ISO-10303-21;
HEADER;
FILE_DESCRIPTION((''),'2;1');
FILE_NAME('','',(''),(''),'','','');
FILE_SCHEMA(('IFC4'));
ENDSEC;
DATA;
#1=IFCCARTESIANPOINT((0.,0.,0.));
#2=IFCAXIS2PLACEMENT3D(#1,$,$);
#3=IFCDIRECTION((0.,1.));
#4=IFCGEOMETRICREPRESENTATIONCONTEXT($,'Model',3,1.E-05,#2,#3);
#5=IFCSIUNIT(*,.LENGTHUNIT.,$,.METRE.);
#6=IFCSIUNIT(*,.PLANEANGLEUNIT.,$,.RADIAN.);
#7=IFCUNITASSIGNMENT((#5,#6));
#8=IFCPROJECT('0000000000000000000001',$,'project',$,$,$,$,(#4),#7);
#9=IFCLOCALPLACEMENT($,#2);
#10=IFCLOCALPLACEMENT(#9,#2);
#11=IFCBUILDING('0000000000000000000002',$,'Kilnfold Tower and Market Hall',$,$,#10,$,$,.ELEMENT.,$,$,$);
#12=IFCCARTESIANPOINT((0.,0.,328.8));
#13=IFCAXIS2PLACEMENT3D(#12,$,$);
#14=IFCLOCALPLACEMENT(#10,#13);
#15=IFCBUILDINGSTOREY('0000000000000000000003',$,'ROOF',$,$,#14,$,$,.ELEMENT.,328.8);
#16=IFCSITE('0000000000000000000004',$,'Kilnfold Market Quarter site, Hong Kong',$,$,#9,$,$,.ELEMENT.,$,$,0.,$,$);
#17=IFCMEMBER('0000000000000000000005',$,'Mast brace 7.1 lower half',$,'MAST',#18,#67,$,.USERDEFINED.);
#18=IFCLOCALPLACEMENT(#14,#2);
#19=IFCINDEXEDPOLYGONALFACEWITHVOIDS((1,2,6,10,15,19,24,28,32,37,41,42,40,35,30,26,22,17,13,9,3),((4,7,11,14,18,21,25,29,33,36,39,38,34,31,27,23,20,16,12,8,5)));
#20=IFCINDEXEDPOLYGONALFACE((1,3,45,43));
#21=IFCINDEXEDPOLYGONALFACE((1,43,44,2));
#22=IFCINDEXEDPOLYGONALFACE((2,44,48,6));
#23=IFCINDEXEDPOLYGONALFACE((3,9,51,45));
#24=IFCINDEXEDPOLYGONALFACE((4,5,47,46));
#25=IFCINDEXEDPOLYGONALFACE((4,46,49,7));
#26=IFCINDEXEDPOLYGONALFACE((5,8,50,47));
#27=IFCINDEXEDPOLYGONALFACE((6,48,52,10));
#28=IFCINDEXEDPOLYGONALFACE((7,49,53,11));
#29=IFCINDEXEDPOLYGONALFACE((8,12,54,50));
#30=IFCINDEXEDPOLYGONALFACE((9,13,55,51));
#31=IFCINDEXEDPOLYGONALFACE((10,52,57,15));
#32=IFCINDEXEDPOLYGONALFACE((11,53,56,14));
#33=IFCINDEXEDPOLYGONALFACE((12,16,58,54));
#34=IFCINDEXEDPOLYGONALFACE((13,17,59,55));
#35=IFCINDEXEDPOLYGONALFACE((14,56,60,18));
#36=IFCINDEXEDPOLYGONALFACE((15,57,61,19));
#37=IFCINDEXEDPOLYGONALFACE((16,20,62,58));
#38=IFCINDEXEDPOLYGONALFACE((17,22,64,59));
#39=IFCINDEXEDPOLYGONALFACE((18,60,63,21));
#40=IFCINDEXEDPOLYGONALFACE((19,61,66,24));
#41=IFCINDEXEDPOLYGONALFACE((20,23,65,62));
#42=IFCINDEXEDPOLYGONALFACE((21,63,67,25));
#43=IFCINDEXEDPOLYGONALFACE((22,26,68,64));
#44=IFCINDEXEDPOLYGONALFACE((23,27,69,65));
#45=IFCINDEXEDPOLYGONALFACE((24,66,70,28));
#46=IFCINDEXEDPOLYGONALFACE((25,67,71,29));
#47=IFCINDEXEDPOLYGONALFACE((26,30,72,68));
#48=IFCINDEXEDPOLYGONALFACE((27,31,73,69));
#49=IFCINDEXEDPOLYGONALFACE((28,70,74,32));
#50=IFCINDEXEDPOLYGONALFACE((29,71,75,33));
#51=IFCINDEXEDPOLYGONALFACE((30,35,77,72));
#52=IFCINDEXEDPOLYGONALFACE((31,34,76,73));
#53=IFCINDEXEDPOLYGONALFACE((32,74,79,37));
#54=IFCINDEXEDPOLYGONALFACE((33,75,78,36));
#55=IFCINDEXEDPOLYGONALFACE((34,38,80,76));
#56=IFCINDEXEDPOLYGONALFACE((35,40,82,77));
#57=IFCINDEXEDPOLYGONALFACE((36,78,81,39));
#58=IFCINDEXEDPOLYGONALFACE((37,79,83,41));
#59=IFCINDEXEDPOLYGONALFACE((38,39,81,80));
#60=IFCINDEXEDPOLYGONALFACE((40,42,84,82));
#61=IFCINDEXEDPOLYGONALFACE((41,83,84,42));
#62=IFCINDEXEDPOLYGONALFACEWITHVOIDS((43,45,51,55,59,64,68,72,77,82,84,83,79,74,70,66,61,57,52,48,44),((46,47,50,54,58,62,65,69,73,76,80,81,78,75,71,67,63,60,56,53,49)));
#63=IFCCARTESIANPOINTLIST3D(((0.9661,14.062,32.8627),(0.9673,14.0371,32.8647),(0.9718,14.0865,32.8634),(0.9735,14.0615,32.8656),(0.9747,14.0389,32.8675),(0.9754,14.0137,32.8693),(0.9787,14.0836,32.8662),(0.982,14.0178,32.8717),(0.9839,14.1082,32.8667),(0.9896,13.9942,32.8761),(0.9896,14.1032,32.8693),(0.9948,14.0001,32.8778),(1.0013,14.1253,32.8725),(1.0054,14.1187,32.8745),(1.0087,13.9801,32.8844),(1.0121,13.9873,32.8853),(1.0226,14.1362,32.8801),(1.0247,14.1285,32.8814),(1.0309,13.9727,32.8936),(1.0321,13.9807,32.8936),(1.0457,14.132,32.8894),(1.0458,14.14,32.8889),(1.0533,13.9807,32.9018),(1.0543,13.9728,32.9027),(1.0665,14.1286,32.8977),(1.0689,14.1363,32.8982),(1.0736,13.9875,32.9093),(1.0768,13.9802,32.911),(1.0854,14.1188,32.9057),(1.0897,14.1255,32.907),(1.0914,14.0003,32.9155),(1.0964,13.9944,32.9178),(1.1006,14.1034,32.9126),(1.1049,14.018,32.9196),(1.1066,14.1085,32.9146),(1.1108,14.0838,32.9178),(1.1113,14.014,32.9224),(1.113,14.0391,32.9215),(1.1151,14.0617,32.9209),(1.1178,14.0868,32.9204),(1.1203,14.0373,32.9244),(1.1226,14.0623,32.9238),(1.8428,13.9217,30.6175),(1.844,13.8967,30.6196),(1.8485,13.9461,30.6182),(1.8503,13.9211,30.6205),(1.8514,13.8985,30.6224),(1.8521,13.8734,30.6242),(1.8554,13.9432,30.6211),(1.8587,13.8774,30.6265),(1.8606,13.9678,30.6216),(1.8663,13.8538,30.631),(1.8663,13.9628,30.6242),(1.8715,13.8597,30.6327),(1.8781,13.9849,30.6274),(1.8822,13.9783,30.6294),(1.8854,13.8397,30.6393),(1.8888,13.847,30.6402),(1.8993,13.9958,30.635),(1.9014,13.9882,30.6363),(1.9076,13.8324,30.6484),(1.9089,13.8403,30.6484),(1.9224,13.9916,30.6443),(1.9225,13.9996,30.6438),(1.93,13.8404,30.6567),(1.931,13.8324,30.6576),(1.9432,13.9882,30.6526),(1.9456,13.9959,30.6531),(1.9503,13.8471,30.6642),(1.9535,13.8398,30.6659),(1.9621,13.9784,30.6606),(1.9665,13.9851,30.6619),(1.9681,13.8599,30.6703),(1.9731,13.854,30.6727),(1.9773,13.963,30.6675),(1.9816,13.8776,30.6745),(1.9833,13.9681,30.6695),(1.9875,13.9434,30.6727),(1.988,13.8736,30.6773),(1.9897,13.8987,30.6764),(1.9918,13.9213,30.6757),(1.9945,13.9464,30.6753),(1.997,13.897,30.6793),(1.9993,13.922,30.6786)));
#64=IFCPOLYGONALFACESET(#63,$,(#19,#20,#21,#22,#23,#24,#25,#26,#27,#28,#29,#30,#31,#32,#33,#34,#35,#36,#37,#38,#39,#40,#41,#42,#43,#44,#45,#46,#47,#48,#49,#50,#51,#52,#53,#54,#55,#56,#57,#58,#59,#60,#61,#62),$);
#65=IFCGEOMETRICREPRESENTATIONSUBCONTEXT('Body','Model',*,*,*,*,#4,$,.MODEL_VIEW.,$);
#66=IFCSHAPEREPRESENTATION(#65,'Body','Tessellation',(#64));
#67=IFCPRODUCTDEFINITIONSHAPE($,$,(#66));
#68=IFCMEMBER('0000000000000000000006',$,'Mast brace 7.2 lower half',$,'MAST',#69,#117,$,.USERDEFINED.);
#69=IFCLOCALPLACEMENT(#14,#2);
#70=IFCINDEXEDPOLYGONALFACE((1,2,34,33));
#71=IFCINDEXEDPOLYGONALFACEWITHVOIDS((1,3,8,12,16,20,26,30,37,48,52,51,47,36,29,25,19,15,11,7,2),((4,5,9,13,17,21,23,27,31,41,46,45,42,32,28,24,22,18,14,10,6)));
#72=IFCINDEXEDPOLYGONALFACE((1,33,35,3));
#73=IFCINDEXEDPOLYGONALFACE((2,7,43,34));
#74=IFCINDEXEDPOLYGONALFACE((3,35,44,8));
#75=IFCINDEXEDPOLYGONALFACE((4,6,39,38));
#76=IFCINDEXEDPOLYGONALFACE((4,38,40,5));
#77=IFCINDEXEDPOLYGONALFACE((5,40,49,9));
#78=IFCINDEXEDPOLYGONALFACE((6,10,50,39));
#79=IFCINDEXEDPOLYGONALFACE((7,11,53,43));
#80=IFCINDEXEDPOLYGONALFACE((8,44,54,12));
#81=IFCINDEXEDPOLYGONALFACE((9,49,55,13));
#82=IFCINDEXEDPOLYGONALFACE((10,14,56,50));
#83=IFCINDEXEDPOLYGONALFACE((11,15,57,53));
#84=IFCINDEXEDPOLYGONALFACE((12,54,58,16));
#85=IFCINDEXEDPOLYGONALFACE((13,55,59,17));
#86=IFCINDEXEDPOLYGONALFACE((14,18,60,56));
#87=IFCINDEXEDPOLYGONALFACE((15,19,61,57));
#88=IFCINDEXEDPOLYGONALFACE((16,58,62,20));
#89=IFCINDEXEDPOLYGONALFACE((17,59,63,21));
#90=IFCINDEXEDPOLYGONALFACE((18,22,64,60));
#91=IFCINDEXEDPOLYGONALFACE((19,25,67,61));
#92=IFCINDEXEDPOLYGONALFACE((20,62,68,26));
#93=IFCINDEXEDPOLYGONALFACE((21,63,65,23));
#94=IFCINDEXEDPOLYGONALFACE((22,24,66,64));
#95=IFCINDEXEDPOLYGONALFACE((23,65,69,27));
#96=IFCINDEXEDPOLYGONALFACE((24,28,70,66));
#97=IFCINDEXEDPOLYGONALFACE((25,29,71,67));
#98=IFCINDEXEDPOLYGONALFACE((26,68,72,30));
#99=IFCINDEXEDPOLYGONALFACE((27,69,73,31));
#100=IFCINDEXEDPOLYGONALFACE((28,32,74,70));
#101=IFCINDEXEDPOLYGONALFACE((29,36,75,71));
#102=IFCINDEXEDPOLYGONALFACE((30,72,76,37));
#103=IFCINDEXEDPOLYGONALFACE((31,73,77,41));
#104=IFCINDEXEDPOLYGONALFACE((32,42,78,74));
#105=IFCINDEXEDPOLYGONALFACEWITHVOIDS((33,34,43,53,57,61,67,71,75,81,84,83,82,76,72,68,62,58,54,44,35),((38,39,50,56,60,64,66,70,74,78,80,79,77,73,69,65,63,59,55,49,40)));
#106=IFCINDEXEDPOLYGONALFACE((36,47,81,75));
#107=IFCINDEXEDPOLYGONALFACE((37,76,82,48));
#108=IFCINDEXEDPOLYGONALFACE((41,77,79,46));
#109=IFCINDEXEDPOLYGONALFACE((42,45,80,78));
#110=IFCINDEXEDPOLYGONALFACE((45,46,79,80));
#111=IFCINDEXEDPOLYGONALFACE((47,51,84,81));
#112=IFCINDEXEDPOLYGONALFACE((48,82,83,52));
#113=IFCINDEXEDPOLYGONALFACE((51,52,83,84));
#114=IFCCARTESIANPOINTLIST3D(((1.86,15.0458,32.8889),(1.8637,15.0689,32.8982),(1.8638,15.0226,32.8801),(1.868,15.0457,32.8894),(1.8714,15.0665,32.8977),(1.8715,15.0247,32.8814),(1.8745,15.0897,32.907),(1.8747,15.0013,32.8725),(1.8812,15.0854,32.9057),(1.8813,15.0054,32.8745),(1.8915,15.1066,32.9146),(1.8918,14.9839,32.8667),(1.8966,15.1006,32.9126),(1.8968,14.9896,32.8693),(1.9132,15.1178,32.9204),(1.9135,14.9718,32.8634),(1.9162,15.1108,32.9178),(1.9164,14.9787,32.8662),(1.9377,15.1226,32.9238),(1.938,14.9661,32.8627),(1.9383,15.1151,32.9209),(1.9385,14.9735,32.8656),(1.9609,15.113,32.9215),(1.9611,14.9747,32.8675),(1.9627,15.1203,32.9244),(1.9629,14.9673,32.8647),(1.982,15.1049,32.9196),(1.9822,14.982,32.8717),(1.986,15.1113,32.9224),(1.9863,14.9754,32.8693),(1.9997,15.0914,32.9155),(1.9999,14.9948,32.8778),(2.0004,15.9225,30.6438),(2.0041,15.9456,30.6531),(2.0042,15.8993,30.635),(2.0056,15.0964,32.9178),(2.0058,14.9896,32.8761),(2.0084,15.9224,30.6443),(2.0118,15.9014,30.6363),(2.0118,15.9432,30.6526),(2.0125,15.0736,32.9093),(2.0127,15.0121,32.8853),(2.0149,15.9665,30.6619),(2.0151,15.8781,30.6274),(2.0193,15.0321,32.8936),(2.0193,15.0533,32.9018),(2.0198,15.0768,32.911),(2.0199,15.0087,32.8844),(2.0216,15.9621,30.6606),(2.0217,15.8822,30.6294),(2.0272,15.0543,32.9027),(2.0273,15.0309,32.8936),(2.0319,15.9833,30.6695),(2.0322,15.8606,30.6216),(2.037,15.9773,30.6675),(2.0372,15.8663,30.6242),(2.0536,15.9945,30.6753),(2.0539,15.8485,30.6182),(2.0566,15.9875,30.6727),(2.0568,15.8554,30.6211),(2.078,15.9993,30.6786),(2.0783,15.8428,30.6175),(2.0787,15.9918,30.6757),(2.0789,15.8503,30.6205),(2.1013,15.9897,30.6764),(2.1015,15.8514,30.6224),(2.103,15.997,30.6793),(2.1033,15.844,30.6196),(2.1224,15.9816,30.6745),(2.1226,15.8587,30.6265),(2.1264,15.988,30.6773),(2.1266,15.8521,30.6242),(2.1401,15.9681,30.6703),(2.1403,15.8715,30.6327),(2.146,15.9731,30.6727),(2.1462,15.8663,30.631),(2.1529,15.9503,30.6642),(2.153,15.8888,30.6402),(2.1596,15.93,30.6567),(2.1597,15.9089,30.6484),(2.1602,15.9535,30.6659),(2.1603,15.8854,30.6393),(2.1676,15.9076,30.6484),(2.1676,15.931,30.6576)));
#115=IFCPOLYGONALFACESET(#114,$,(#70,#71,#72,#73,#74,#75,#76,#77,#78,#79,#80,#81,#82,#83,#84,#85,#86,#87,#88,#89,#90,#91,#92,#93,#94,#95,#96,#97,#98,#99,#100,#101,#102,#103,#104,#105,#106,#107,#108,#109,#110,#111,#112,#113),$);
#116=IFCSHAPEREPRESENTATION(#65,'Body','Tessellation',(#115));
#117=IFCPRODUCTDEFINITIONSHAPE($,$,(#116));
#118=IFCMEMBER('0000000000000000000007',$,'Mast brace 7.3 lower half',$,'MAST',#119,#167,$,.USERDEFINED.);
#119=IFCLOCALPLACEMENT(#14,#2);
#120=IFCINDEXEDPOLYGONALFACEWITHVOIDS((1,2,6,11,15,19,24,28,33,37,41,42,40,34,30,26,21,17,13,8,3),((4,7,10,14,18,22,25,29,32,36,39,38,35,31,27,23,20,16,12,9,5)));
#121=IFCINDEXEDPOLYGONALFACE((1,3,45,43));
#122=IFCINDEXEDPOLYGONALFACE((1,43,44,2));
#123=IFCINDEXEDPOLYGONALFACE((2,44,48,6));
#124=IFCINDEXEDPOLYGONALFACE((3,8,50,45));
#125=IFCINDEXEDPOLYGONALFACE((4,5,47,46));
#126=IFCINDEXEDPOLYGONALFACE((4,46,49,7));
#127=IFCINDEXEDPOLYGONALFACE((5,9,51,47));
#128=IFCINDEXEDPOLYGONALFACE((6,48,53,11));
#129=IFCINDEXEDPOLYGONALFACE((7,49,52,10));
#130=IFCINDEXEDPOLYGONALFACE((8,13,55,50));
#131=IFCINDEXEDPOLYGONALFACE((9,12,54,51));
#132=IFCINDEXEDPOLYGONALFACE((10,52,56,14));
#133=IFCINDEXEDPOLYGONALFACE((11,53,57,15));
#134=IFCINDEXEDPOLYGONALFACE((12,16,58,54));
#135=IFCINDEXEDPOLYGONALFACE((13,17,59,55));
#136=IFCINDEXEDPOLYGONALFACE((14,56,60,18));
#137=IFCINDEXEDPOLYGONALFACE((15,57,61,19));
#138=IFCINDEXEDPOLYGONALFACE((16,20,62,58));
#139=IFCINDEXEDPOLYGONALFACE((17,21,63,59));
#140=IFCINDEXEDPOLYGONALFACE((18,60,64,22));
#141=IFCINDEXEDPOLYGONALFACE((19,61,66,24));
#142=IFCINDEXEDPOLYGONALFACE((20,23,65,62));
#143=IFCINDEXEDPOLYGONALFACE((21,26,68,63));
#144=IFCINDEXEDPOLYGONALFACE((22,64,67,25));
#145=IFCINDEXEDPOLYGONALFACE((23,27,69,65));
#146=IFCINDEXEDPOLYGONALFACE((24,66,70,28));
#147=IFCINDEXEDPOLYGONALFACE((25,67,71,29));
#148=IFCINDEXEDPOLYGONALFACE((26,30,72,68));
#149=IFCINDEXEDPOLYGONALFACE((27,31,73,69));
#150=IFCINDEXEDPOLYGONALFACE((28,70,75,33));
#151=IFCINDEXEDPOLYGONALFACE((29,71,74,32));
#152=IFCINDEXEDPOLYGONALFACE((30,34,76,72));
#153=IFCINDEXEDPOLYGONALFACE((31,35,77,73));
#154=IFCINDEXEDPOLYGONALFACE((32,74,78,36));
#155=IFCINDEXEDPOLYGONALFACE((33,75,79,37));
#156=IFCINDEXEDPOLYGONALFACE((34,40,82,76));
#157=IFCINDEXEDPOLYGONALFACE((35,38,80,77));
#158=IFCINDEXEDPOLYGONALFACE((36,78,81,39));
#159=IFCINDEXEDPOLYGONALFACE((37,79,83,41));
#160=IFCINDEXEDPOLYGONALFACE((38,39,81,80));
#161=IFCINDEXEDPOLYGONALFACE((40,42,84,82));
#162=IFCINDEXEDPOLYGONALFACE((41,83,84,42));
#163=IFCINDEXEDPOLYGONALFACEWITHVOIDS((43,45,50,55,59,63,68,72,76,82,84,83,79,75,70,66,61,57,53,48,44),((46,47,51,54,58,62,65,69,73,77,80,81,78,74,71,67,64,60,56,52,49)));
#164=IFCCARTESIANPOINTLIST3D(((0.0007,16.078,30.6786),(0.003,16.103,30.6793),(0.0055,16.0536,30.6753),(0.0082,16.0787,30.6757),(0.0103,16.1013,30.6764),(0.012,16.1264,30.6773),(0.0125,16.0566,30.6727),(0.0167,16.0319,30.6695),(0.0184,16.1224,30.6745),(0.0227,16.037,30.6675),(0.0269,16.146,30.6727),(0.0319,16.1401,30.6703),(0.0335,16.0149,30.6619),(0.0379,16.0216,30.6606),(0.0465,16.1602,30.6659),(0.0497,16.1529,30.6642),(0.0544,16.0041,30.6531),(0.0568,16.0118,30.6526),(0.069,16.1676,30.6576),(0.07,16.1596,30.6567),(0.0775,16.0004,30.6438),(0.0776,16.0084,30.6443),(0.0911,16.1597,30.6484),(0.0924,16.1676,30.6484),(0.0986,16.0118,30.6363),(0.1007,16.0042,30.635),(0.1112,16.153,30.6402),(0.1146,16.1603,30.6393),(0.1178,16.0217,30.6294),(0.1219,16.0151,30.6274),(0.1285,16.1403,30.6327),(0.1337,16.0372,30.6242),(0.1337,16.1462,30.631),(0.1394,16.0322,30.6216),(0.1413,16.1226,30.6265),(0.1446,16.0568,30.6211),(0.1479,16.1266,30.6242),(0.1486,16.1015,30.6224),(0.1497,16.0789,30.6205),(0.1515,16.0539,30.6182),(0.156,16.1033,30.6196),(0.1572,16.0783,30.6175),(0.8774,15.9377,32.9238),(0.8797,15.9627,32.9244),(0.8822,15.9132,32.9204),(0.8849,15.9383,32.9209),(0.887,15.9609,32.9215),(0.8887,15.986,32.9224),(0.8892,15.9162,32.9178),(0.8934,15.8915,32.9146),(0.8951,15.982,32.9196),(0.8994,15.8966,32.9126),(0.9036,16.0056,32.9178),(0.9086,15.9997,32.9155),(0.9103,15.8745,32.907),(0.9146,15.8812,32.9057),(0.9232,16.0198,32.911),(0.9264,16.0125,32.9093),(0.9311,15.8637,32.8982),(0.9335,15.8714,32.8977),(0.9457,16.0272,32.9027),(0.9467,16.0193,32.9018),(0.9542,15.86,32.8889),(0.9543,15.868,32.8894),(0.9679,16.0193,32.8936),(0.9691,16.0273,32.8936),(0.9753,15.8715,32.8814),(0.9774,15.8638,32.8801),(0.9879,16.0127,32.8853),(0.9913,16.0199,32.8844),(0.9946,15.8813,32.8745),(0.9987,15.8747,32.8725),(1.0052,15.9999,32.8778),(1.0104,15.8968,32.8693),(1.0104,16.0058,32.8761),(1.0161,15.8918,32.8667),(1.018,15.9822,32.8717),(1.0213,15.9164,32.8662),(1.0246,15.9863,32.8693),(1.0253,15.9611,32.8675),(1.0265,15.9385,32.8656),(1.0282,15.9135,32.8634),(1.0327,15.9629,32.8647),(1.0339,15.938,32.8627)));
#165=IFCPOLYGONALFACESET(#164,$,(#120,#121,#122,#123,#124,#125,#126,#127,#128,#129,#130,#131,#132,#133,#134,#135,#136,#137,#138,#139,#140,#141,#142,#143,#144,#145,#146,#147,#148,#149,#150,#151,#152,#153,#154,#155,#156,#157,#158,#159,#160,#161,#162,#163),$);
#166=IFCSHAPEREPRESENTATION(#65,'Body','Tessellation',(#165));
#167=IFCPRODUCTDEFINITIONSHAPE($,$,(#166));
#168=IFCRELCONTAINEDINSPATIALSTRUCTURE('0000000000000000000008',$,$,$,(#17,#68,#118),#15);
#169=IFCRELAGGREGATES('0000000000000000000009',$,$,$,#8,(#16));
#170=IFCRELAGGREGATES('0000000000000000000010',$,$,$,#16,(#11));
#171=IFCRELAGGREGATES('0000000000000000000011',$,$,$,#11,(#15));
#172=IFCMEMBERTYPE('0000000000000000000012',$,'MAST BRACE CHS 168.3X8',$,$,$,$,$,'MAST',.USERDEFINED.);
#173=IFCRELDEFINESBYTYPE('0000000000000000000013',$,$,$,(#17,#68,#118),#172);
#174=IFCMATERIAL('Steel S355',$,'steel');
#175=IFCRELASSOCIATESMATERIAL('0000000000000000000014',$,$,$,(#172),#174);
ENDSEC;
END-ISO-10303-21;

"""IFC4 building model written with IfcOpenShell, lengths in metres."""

from ifc_helpers import new_model, si_unit, direction, frame, origin, origin_2d, place, context, subcontext, project, spatial, hollow_circle, extrude, source, transform, mapped, material, material_profile, profile_set, type_object, element, save


model = new_model("IFC4")

# Units and contexts
model_context = context("Model", 3, precision=1e-05, world=origin(), true_north=direction((0.0, 1.0)))
body_context = subcontext(model_context, "Body", "Model", "MODEL_VIEW")
ifc_project = project(units=[si_unit("LENGTHUNIT", "METRE"), si_unit("PLANEANGLEUNIT", "RADIAN")], contexts=[model_context])

# Site, building, storey
site_placement = place(None, origin())
site = spatial("IfcSite", under=ifc_project, at=site_placement, Name="Kilnfold Market Quarter site, Hong Kong", CompositionType="ELEMENT", RefElevation=0.0)
building_placement = place(site_placement, origin())
building = spatial("IfcBuilding", under=site, at=building_placement, Name="Kilnfold Tower and Market Hall", CompositionType="ELEMENT")
storey_placement = place(building_placement, frame((0.0, 0.0, 328.8)))
storey = spatial("IfcBuildingStorey", under=building, at=storey_placement, Name="ROOF", CompositionType="ELEMENT", Elevation=328.8)

# Members
ifc_material_1 = material(Name="Steel S355", Category="steel")
ifc_material_profile_1 = material_profile(ifc_material_1, hollow_circle(Radius=0.0842, WallThickness=0.0081, at=origin_2d()), Name="CHS 168.3x8")
ifc_profile_set_1 = profile_set([ifc_material_profile_1], Name="Steel S355")
member_type_1 = type_object("IfcMemberType", Name="MAST BRACE CHS 168.3X8", ElementType="MAST", PredefinedType="USERDEFINED", material=ifc_profile_set_1)
shared_shape_1 = source(origin(), body_context, "Body", "SweptSolid", [
    extrude(hollow_circle(Radius=0.0842, WallThickness=0.0081, at=origin_2d()), origin(), (0.0, 0.0, 1.0), 2.4143),
])
for number, where, z_axis, x_axis, name in (
    (1, (1.9209, 13.9155, 30.6484), (-0.363131, 0.058145, 0.929922), (-0.158108, -0.987422, 0.0), "Mast brace 7.1 lower half"),
    (2, (2.0845, 15.9209, 30.6484), (-0.058145, -0.363131, 0.929922), (0.987422, -0.158108, 0.0), "Mast brace 7.2 lower half"),
    (3, (0.0791, 16.0845, 30.6484), (0.363131, -0.058145, 0.929922), (0.158108, 0.987422, 0.0), "Mast brace 7.3 lower half"),
):
    element("IfcMember", number, at=place(storey_placement, frame(where, z_axis=z_axis, x_axis=x_axis)), inside=storey, type_object=member_type_1, Name=name, ObjectType="MAST", PredefinedType="USERDEFINED", context=body_context, shape_type="MappedRepresentation", body=[
        mapped(shared_shape_1, transform((0.0, 0.0, 0.0))),
    ])

save(model, "model.ifc")
